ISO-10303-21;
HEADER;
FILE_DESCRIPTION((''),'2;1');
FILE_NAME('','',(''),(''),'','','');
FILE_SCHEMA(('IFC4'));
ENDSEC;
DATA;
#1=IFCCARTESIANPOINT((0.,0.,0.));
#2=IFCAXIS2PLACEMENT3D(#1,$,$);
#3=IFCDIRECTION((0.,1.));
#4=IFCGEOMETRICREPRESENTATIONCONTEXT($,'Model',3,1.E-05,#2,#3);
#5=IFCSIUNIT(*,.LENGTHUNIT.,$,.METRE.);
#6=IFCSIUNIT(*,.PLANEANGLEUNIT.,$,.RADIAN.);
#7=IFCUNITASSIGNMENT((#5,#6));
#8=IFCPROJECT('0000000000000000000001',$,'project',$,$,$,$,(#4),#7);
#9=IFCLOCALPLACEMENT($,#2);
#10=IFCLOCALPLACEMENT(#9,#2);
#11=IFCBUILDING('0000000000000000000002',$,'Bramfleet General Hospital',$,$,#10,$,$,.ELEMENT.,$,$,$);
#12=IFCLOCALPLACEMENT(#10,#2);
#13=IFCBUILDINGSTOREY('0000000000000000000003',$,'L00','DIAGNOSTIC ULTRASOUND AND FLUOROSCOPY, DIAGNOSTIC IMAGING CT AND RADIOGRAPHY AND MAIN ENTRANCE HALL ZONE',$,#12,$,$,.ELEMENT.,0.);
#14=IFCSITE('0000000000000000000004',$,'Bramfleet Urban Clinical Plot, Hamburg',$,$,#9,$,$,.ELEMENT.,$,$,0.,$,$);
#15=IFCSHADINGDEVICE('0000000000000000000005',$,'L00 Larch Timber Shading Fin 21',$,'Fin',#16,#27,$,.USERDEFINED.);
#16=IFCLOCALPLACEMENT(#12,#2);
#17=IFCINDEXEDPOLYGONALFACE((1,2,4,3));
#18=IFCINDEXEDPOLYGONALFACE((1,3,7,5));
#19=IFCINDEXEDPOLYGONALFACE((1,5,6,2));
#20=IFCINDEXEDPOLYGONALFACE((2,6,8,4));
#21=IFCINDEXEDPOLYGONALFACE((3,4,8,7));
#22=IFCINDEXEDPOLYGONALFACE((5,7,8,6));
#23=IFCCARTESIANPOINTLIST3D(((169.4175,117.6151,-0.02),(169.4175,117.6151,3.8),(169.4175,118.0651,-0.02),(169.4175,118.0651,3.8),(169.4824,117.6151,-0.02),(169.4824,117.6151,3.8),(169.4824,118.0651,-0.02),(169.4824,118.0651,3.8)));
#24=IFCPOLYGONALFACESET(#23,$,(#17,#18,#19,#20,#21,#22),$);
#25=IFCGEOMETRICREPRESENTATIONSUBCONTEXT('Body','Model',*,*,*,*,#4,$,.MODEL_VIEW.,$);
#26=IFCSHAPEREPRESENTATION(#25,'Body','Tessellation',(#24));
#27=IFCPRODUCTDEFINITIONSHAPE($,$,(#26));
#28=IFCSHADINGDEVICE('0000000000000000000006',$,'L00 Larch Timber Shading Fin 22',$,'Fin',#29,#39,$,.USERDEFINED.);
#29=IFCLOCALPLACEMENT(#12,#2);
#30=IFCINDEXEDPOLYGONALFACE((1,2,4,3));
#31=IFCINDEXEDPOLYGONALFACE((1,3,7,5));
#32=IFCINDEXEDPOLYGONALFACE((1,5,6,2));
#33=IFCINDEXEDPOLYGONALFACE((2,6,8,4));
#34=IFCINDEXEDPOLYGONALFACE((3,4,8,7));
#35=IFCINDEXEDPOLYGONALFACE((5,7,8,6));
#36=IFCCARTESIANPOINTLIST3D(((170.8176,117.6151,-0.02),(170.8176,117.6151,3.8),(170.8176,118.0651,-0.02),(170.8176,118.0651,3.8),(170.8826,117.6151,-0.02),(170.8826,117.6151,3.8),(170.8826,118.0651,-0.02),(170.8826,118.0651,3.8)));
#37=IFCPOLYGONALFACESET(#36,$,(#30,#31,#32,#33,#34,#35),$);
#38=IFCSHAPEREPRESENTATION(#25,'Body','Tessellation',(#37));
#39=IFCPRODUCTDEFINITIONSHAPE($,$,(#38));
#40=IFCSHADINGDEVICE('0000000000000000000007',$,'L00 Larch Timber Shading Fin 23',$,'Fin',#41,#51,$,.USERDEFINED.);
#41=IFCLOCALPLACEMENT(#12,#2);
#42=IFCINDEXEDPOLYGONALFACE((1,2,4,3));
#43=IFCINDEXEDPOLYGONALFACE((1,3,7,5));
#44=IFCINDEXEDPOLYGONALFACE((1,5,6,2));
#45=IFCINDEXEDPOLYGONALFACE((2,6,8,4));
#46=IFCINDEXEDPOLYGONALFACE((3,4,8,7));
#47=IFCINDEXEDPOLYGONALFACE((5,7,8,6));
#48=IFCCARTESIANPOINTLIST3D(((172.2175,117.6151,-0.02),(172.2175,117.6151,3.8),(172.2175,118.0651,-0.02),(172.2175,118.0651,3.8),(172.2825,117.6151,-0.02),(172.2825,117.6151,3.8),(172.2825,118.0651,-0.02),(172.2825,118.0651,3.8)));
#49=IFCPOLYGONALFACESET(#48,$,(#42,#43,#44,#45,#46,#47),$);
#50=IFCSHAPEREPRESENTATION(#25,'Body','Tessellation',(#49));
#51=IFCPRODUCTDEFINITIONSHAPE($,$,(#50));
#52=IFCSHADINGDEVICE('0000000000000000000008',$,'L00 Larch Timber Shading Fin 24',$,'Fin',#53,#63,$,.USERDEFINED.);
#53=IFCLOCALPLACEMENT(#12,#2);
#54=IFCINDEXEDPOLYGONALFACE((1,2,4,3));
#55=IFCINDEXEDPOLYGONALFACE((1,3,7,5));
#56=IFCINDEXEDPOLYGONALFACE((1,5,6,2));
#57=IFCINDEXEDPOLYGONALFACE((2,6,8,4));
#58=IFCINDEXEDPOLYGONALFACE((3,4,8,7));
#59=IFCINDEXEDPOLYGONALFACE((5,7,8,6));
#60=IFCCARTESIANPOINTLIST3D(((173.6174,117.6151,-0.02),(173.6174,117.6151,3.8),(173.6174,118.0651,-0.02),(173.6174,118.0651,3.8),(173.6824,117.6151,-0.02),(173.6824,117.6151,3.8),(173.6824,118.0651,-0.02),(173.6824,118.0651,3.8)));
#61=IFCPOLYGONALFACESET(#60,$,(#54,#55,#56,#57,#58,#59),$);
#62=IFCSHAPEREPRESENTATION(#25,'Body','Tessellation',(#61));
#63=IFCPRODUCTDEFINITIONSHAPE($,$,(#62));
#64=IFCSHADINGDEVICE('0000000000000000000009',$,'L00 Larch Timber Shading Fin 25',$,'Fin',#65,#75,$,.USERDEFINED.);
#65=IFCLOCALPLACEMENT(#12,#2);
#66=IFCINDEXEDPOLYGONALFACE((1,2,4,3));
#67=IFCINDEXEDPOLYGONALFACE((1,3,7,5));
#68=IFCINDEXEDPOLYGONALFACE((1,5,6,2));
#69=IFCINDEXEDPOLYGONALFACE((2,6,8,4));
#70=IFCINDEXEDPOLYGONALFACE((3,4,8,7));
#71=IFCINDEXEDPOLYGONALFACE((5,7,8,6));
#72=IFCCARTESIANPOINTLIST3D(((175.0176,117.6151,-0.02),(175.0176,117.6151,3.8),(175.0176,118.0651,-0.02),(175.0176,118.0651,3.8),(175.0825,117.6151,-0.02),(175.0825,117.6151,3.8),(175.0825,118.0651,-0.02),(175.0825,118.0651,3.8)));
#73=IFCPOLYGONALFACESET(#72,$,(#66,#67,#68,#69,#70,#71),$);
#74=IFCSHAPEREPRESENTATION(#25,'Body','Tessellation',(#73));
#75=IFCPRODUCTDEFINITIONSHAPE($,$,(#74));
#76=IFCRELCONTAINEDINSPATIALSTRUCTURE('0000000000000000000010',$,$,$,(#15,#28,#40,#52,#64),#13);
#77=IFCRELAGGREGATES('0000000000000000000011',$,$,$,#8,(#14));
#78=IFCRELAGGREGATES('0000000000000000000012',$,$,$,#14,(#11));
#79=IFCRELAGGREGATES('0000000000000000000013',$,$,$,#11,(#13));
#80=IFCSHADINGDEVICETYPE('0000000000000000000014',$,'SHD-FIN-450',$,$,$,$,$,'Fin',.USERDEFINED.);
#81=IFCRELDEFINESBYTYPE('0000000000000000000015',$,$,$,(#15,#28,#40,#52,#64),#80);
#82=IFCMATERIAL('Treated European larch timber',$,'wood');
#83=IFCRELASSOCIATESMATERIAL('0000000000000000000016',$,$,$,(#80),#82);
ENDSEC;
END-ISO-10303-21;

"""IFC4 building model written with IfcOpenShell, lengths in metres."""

from ifc_helpers import new_model, si_unit, direction, frame, origin, origin_2d, place, context, subcontext, project, spatial, rectangle, extrude, material, material_profile, profile_set, type_object, element, save


model = new_model("IFC4")

# Units and contexts
model_context = context("Model", 3, precision=1e-05, world=origin(), true_north=direction((0.0, 1.0)))
body_context = subcontext(model_context, "Body", "Model", "MODEL_VIEW")
ifc_project = project(units=[si_unit("LENGTHUNIT", "METRE"), si_unit("PLANEANGLEUNIT", "RADIAN")], contexts=[model_context])

# Site, building, storey
site_placement = place(None, origin())
site = spatial("IfcSite", under=ifc_project, at=site_placement, Name="Bramfleet Urban Clinical Plot, Hamburg", CompositionType="ELEMENT", RefElevation=0.0)
building_placement = place(site_placement, origin())
building = spatial("IfcBuilding", under=site, at=building_placement, Name="Bramfleet General Hospital", CompositionType="ELEMENT")
storey_placement = place(building_placement, origin())
storey = spatial("IfcBuildingStorey", under=building, at=storey_placement, Name="L00", Description="DIAGNOSTIC ULTRASOUND AND FLUOROSCOPY, DIAGNOSTIC IMAGING CT AND RADIOGRAPHY AND MAIN ENTRANCE HALL ZONE", CompositionType="ELEMENT", Elevation=0.0)

# Shading devices
ifc_material_1 = material(Name="Treated European larch timber", Category="wood")
ifc_material_profile_1 = material_profile(ifc_material_1, rectangle(XDim=0.0649, YDim=0.45, at=origin_2d()), Name="LARCH FIN 450x65")
ifc_profile_set_1 = profile_set([ifc_material_profile_1], Name="Treated European larch timber")
shading_device_type = type_object("IfcShadingDeviceType", Name="SHD-FIN-450", ElementType="Fin", PredefinedType="USERDEFINED", material=ifc_profile_set_1)
for number, where, z_axis, x_axis, name in (
    (1, (169.45, 117.8401, -0.02), (0.0, 0.0, 1.0), (1.0, 0.0, 0.0), "L00 Larch Timber Shading Fin 21"),
    (2, (170.8501, 117.8401, -0.02), (0.0, 0.0, 1.0), (1.0, 0.0, 0.0), "L00 Larch Timber Shading Fin 22"),
    (3, (172.25, 117.8401, -0.02), (0.0, 0.0, 1.0), (1.0, 0.0, 0.0), "L00 Larch Timber Shading Fin 23"),
    (4, (173.6499, 117.8401, -0.02), (0.0, 0.0, 1.0), (1.0, 0.0, 0.0), "L00 Larch Timber Shading Fin 24"),
    (5, (175.05, 117.8401, -0.02), (0.0, 0.0, 1.0), (1.0, 0.0, 0.0), "L00 Larch Timber Shading Fin 25"),
):
    element("IfcShadingDevice", number, at=place(storey_placement, frame(where, z_axis=z_axis, x_axis=x_axis)), inside=storey, type_object=shading_device_type, Name=name, ObjectType="Fin", PredefinedType="USERDEFINED", context=body_context, shape_type="SweptSolid", body=[
        extrude(rectangle(XDim=0.0649, YDim=0.45, at=origin_2d()), origin(), (0.0, 0.0, 1.0), 3.8201),
    ])

save(model, "model.ifc")
